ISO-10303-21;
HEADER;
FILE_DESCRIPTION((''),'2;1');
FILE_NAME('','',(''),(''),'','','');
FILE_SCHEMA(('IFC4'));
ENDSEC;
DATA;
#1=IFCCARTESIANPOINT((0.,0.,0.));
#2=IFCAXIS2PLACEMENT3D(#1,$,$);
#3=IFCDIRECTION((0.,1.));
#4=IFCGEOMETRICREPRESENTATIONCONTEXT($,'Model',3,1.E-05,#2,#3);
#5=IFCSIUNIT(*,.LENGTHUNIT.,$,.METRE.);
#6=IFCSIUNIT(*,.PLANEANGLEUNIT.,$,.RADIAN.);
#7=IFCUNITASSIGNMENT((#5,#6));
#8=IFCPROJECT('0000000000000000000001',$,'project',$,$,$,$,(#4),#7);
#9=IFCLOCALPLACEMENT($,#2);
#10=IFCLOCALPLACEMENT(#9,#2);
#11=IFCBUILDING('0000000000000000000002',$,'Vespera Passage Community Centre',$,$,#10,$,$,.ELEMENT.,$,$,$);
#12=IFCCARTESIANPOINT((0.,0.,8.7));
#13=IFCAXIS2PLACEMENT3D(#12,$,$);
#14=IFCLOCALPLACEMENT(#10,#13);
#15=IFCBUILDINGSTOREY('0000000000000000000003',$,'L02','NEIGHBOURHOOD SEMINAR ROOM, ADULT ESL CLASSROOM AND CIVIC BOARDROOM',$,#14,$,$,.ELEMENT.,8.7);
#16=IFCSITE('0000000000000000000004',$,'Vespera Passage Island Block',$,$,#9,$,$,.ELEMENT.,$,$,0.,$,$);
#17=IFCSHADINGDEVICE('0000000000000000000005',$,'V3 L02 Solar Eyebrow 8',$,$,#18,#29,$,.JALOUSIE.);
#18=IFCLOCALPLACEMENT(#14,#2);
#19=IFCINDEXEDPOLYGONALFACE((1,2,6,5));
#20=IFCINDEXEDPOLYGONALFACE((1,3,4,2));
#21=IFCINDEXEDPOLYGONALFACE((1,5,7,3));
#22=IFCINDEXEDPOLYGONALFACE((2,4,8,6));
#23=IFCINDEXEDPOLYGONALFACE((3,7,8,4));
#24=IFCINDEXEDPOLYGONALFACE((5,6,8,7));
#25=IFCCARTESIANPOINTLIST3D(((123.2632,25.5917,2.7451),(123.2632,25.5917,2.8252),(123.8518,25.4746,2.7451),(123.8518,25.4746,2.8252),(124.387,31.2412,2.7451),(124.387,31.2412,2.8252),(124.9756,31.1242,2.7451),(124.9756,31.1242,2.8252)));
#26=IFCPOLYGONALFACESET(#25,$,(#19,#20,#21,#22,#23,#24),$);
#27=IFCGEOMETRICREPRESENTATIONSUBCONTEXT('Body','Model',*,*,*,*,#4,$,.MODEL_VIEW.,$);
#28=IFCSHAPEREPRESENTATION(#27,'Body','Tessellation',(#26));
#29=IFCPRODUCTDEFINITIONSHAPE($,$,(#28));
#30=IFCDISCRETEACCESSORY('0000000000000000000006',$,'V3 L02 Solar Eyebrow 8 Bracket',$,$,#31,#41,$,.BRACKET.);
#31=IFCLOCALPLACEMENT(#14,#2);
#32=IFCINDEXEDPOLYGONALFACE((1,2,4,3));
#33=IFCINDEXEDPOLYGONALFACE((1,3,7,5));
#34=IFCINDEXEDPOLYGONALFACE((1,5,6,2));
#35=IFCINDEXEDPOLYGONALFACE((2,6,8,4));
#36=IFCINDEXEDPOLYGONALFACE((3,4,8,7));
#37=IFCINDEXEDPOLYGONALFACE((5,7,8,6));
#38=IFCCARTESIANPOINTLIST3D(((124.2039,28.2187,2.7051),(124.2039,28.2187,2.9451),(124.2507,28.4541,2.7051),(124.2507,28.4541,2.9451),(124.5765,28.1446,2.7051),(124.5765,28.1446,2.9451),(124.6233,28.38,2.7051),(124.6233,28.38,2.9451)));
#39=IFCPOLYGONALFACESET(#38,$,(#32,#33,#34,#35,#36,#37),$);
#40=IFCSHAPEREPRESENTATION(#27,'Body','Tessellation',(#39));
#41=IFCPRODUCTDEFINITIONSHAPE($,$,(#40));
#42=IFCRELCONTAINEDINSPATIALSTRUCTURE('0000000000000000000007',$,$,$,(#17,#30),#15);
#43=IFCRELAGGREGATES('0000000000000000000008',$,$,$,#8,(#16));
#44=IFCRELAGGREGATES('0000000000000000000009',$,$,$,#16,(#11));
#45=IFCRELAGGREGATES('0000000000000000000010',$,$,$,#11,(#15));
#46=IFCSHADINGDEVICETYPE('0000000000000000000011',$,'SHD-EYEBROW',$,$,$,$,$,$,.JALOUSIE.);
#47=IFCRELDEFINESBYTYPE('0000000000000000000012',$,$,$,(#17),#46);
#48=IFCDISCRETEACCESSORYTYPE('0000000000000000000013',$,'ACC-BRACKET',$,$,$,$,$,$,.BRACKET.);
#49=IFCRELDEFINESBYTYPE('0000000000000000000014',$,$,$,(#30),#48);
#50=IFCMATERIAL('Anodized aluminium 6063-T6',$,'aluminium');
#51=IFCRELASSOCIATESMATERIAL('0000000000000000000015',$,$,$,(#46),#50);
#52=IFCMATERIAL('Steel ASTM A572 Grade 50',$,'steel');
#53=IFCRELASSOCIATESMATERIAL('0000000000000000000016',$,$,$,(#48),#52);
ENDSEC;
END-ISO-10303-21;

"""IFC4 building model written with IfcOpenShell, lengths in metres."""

from ifc_helpers import new_model, si_unit, direction, frame, origin, origin_2d, place, context, subcontext, project, spatial, rectangle, extrude, material, type_object, element, save


model = new_model("IFC4")

# Units and contexts
model_context = context("Model", 3, precision=1e-05, world=origin(), true_north=direction((0.0, 1.0)))
body_context = subcontext(model_context, "Body", "Model", "MODEL_VIEW")
ifc_project = project(units=[si_unit("LENGTHUNIT", "METRE"), si_unit("PLANEANGLEUNIT", "RADIAN")], contexts=[model_context])

# Site, building, storey
site_placement = place(None, origin())
site = spatial("IfcSite", under=ifc_project, at=site_placement, Name="Vespera Passage Island Block", CompositionType="ELEMENT", RefElevation=0.0)
building_placement = place(site_placement, origin())
building = spatial("IfcBuilding", under=site, at=building_placement, Name="Vespera Passage Community Centre", CompositionType="ELEMENT")
storey_placement = place(building_placement, frame((0.0, 0.0, 8.7)))
storey = spatial("IfcBuildingStorey", under=building, at=storey_placement, Name="L02", Description="NEIGHBOURHOOD SEMINAR ROOM, ADULT ESL CLASSROOM AND CIVIC BOARDROOM", CompositionType="ELEMENT", Elevation=8.7)

# Shading device
ifc_material_1 = material(Name="Anodized aluminium 6063-T6", Category="aluminium")
shading_device_type = type_object("IfcShadingDeviceType", Name="SHD-EYEBROW", PredefinedType="JALOUSIE", material=ifc_material_1)
shading_device_placement = place(storey_placement, frame((124.1194, 28.3579, 2.7451), z_axis=(0.0, 0.0, 1.0), x_axis=(0.19509, 0.980785, 0.0)))
element("IfcShadingDevice", 1, at=shading_device_placement, inside=storey, type_object=shading_device_type, Name="V3 L02 Solar Eyebrow 8", PredefinedType="JALOUSIE", context=body_context, shape_type="SweptSolid", body=[
    extrude(rectangle(XDim=5.7603, YDim=0.6001, at=origin_2d()), origin(), (0.0, 0.0, 1.0), 0.0801),
])

# Discrete accessory
ifc_material_2 = material(Name="Steel ASTM A572 Grade 50", Category="steel")
discrete_accessory_type = type_object("IfcDiscreteAccessoryType", Name="ACC-BRACKET", PredefinedType="BRACKET", material=ifc_material_2)
discrete_accessory_placement = place(storey_placement, frame((124.4136, 28.2993, 2.7051), z_axis=(0.0, 0.0, 1.0), x_axis=(0.19509, 0.980785, 0.0)))
element("IfcDiscreteAccessory", 2, at=discrete_accessory_placement, inside=storey, type_object=discrete_accessory_type, Name="V3 L02 Solar Eyebrow 8 Bracket", PredefinedType="BRACKET", context=body_context, shape_type="SweptSolid", body=[
    extrude(rectangle(XDim=0.24, YDim=0.3799, at=origin_2d()), origin(), (0.0, 0.0, 1.0), 0.24),
])

save(model, "model.ifc")
